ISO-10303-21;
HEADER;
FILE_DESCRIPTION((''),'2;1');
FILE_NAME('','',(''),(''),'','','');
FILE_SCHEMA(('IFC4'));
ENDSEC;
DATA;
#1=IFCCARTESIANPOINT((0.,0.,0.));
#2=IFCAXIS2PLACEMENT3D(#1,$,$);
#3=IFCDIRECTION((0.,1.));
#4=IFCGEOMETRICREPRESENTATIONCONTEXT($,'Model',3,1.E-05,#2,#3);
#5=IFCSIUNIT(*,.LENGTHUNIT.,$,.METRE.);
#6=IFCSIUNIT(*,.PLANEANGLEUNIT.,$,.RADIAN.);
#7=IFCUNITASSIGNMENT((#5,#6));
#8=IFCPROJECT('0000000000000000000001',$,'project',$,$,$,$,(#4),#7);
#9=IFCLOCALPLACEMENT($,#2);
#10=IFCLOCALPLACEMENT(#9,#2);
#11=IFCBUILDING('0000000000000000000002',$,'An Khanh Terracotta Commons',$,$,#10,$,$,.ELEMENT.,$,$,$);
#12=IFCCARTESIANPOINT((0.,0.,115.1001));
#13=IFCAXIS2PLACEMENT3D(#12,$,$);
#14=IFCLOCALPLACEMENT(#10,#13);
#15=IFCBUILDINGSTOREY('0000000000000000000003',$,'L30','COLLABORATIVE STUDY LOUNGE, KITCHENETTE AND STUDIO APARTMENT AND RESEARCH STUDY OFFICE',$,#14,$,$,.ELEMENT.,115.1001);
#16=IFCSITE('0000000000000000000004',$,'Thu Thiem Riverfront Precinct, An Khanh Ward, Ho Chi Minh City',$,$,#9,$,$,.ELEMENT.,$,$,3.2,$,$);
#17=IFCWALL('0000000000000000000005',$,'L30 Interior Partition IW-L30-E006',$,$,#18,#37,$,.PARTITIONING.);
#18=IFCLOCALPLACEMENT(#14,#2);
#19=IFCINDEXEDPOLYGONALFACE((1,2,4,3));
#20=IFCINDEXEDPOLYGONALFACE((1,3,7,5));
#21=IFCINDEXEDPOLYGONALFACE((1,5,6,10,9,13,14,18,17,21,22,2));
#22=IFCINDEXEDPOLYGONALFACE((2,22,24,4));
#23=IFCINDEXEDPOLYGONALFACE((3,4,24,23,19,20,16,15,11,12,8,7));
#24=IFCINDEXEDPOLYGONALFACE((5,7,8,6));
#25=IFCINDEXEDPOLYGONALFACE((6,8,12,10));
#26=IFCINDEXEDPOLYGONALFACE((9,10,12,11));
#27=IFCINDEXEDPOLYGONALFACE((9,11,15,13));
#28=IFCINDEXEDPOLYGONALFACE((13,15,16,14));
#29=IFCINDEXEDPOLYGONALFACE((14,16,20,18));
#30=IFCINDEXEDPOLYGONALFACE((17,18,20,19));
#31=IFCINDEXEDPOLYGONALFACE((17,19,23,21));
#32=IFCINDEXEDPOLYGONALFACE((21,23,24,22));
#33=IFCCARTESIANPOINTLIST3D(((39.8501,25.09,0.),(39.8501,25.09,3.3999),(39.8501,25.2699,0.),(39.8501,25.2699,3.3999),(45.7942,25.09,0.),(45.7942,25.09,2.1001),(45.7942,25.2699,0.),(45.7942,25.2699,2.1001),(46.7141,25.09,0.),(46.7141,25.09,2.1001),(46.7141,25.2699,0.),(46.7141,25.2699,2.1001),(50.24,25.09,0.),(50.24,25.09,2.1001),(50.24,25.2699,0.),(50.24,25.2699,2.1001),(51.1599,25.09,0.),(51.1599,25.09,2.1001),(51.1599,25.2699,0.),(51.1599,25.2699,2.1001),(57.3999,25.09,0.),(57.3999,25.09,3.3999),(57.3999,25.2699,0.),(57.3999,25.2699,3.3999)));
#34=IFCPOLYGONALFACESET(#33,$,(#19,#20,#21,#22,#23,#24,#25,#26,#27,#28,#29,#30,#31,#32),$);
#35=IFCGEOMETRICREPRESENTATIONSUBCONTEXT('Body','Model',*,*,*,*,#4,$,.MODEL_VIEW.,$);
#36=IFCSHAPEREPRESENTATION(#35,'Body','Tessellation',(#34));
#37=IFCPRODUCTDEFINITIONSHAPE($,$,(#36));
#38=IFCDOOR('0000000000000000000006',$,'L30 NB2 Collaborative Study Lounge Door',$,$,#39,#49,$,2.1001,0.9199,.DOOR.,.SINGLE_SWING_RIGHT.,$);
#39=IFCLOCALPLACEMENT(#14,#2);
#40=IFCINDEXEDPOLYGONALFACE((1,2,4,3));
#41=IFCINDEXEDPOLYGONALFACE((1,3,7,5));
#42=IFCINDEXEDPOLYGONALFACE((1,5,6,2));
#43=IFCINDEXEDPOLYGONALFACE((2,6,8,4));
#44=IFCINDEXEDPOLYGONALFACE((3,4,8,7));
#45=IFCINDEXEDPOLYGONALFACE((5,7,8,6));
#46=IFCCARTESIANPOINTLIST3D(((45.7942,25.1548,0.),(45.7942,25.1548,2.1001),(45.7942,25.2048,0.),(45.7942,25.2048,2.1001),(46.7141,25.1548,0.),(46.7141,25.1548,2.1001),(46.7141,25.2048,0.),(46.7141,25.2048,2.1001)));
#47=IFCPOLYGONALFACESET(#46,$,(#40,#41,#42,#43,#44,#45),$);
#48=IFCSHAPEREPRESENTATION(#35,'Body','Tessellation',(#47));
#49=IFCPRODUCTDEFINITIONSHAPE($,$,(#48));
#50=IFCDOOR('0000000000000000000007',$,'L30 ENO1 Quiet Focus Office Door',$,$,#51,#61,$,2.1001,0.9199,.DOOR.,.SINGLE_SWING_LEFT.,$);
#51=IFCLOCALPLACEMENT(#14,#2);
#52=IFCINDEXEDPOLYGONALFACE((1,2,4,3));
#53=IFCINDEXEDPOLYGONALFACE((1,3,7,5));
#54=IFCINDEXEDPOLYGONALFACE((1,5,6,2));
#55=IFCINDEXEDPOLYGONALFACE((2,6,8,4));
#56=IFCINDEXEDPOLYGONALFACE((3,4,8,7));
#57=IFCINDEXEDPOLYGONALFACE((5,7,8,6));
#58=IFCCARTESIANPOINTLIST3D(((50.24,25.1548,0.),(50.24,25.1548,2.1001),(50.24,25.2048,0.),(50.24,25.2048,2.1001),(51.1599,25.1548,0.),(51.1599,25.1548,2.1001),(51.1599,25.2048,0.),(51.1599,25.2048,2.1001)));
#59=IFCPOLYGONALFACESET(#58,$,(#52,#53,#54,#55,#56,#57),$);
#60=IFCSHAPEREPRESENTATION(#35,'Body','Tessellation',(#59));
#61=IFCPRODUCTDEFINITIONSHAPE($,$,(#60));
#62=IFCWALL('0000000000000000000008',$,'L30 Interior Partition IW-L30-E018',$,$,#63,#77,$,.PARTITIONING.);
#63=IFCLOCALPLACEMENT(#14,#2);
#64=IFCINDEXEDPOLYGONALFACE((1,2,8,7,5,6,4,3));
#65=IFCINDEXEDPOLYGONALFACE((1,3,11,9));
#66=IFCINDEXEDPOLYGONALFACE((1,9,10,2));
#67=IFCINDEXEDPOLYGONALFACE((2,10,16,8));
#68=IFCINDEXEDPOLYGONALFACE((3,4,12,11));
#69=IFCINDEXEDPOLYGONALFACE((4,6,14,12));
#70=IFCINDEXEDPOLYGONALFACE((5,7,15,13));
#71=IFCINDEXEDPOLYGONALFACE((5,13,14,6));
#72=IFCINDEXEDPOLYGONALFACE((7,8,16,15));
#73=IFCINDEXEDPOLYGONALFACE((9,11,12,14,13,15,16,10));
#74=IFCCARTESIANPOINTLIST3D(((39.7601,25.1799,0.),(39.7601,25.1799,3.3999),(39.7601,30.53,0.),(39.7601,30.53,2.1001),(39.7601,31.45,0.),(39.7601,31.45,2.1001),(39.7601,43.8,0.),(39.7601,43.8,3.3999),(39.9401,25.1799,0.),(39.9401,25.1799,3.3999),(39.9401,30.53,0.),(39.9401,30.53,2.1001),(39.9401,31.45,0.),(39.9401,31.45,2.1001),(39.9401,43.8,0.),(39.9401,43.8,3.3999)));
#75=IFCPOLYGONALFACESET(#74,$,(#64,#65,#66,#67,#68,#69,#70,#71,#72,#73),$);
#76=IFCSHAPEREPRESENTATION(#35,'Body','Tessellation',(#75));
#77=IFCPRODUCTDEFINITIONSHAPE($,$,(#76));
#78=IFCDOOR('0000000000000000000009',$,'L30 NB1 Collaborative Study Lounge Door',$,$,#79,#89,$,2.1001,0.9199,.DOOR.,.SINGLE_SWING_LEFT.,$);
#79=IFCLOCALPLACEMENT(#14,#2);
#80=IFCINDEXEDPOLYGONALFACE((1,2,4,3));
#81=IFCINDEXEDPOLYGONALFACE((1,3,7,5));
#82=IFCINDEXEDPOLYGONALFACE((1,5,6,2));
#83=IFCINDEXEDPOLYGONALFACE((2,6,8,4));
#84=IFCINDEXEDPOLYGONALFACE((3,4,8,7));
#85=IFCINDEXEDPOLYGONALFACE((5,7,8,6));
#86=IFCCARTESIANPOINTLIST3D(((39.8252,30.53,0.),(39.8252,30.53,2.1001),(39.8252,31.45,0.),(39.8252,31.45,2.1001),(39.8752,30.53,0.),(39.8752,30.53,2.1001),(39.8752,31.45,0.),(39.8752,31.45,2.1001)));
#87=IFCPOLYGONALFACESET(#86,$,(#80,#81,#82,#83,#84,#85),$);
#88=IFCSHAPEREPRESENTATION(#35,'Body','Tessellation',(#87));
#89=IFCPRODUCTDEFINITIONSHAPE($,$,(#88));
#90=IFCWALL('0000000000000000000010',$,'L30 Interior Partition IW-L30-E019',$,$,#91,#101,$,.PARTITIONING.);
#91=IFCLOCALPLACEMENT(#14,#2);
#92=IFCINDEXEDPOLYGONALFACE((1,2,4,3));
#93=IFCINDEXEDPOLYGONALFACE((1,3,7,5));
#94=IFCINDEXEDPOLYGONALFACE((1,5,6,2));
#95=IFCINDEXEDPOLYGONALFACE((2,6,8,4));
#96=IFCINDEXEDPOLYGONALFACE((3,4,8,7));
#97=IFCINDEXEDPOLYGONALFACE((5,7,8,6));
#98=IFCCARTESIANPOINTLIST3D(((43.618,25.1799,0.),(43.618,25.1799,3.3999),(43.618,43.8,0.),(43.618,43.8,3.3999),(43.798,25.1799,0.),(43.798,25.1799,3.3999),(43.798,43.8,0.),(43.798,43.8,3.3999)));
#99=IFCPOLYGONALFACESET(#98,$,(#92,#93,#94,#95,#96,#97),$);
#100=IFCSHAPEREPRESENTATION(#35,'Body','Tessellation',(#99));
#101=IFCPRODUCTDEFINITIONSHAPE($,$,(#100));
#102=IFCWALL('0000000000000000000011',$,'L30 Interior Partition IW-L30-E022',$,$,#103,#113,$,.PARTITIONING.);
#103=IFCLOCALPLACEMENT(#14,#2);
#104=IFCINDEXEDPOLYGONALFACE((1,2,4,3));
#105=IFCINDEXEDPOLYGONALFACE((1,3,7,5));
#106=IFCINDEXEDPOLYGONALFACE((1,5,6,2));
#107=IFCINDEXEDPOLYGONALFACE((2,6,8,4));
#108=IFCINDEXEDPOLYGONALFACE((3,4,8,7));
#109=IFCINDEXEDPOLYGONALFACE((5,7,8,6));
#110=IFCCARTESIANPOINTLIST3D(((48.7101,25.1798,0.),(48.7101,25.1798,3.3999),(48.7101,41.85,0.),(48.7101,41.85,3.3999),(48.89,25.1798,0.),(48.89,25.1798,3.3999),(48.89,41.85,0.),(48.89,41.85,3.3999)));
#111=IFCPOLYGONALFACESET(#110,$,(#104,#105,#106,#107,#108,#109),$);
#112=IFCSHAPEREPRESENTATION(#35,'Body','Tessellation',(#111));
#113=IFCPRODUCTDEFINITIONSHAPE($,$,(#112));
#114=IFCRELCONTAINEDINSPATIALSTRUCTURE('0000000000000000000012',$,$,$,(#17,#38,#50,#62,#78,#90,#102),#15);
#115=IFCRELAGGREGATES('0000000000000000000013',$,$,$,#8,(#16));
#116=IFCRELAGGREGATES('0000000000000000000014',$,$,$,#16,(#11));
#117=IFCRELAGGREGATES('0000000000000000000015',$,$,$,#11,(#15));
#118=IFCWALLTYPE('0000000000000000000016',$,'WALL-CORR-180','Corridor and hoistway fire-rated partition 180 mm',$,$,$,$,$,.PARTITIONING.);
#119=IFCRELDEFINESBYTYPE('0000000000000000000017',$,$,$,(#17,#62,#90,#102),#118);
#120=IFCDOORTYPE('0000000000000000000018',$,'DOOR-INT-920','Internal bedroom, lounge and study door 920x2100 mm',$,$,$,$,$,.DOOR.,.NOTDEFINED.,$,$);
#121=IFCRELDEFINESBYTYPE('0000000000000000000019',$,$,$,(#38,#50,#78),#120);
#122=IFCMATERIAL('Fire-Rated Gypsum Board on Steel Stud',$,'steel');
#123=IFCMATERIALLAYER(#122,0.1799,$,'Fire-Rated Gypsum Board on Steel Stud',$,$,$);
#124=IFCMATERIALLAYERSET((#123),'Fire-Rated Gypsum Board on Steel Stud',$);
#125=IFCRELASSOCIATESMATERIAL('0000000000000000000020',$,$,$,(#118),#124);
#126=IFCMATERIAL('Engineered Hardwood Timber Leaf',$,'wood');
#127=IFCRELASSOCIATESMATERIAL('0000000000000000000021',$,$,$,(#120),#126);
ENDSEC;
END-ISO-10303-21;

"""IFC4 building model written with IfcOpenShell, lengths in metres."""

from ifc_helpers import new_model, si_unit, direction, frame, frame_2d, origin, place, context, subcontext, project, spatial, rectangle, extrude, material, layer, layer_set, type_object, element, fill, save


model = new_model("IFC4")

# Units and contexts
model_context = context("Model", 3, precision=1e-05, world=origin(), true_north=direction((0.0, 1.0)))
body_context = subcontext(model_context, "Body", "Model", "MODEL_VIEW")
ifc_project = project(units=[si_unit("LENGTHUNIT", "METRE"), si_unit("PLANEANGLEUNIT", "RADIAN")], contexts=[model_context])

# Site, building, storey
site_placement = place(None, origin())
site = spatial("IfcSite", under=ifc_project, at=site_placement, Name="Thu Thiem Riverfront Precinct, An Khanh Ward, Ho Chi Minh City", CompositionType="ELEMENT", RefElevation=3.2)
building_placement = place(site_placement, origin())
building = spatial("IfcBuilding", under=site, at=building_placement, Name="An Khanh Terracotta Commons", CompositionType="ELEMENT")
storey_placement = place(building_placement, frame((0.0, 0.0, 115.1001)))
storey = spatial("IfcBuildingStorey", under=building, at=storey_placement, Name="L30", Description="COLLABORATIVE STUDY LOUNGE, KITCHENETTE AND STUDIO APARTMENT AND RESEARCH STUDY OFFICE", CompositionType="ELEMENT", Elevation=115.1001)

# Wall, openings, doors
ifc_material_1 = material(Name="Fire-Rated Gypsum Board on Steel Stud", Category="steel")
ifc_layer = layer(ifc_material_1, 0.1799, Name="Fire-Rated Gypsum Board on Steel Stud")
ifc_layer_set = layer_set([ifc_layer], Name="Fire-Rated Gypsum Board on Steel Stud")
wall_type = type_object("IfcWallType", Name="WALL-CORR-180", Description="Corridor and hoistway fire-rated partition 180 mm", PredefinedType="PARTITIONING", material=ifc_layer_set)
wall_1_placement = place(storey_placement, frame((39.8501, 25.1799, 0.0), z_axis=(0.0, 0.0, 1.0), x_axis=(1.0, 0.0, 0.0)))
wall_1 = element("IfcWall", 1, at=wall_1_placement, inside=storey, type_object=wall_type, Name="L30 Interior Partition IW-L30-E006", PredefinedType="PARTITIONING", context=body_context, shape_type="SweptSolid", body=[
    extrude(rectangle(XDim=17.5498, YDim=0.1799, at=frame_2d((8.7749, 0.0))), origin(), (0.0, 0.0, 1.0), 3.3999),
])
opening_1_placement = place(wall_1_placement, frame((5.9441, 0.0, 0.0)))
opening_1 = element("IfcOpeningElement", 2, at=opening_1_placement, cuts=wall_1, PredefinedType="OPENING", context=body_context, shape_type="SweptSolid", body=[
    extrude(rectangle(XDim=0.9199, YDim=2.1001, at=frame_2d((0.46, 1.05))), frame((0.0, 0.0999, 0.0), z_axis=(0.0, -1.0, 0.0), x_axis=(1.0, 0.0, 0.0)), (0.0, 0.0, 1.0), 0.2),
])
opening_2_placement = place(wall_1_placement, frame((10.3899, 0.0, 0.0)))
opening_2 = element("IfcOpeningElement", 3, at=opening_2_placement, cuts=wall_1, PredefinedType="OPENING", context=body_context, shape_type="SweptSolid", body=[
    extrude(rectangle(XDim=0.9199, YDim=2.1001, at=frame_2d((0.46, 1.05))), frame((0.0, 0.0999, 0.0), z_axis=(0.0, -1.0, 0.0), x_axis=(1.0, 0.0, 0.0)), (0.0, 0.0, 1.0), 0.2),
])
ifc_material_2 = material(Name="Engineered Hardwood Timber Leaf", Category="wood")
door_type = type_object("IfcDoorType", Name="DOOR-INT-920", Description="Internal bedroom, lounge and study door 920x2100 mm", OperationType="NOTDEFINED", PredefinedType="DOOR", material=ifc_material_2)
door_1_placement = place(opening_1_placement, origin())
door_1 = element("IfcDoor", 4, at=door_1_placement, inside=storey, type_object=door_type, Name="L30 NB2 Collaborative Study Lounge Door", OperationType="SINGLE_SWING_RIGHT", OverallHeight=2.1001, OverallWidth=0.9199, PredefinedType="DOOR", context=body_context, shape_type="SweptSolid", body=[
    extrude(rectangle(XDim=0.9199, YDim=2.1001, at=frame_2d((0.46, 1.05))), frame((0.0, 0.0249, 0.0), z_axis=(0.0, -1.0, 0.0), x_axis=(1.0, 0.0, 0.0)), (0.0, 0.0, 1.0), 0.05),
])
fill(opening_1, door_1)
door_2_placement = place(opening_2_placement, origin())
door_2 = element("IfcDoor", 5, at=door_2_placement, inside=storey, type_object=door_type, Name="L30 ENO1 Quiet Focus Office Door", OperationType="SINGLE_SWING_LEFT", OverallHeight=2.1001, OverallWidth=0.9199, PredefinedType="DOOR", context=body_context, shape_type="SweptSolid", body=[
    extrude(rectangle(XDim=0.9199, YDim=2.1001, at=frame_2d((0.46, 1.05))), frame((0.0, 0.0249, 0.0), z_axis=(0.0, -1.0, 0.0), x_axis=(1.0, 0.0, 0.0)), (0.0, 0.0, 1.0), 0.05),
])
fill(opening_2, door_2)

# Wall, opening, door
wall_2_placement = place(storey_placement, frame((39.8501, 25.1799, 0.0), z_axis=(0.0, 0.0, 1.0), x_axis=(0.0, 1.0, 0.0)))
wall_2 = element("IfcWall", 6, at=wall_2_placement, inside=storey, type_object=wall_type, Name="L30 Interior Partition IW-L30-E018", PredefinedType="PARTITIONING", context=body_context, shape_type="SweptSolid", body=[
    extrude(rectangle(XDim=18.6201, YDim=0.1799, at=frame_2d((9.3101, 0.0))), origin(), (0.0, 0.0, 1.0), 3.3999),
])
opening_3_placement = place(wall_2_placement, frame((5.3501, 0.0, 0.0)))
opening_3 = element("IfcOpeningElement", 7, at=opening_3_placement, cuts=wall_2, PredefinedType="OPENING", context=body_context, shape_type="SweptSolid", body=[
    extrude(rectangle(XDim=0.9199, YDim=2.1001, at=frame_2d((0.46, 1.05))), frame((0.0, 0.0999, 0.0), z_axis=(0.0, -1.0, 0.0), x_axis=(1.0, 0.0, 0.0)), (0.0, 0.0, 1.0), 0.2),
])
door_3_placement = place(opening_3_placement, origin())
door_3 = element("IfcDoor", 8, at=door_3_placement, inside=storey, type_object=door_type, Name="L30 NB1 Collaborative Study Lounge Door", OperationType="SINGLE_SWING_LEFT", OverallHeight=2.1001, OverallWidth=0.9199, PredefinedType="DOOR", context=body_context, shape_type="SweptSolid", body=[
    extrude(rectangle(XDim=0.9199, YDim=2.1001, at=frame_2d((0.46, 1.05))), frame((0.0, 0.0249, 0.0), z_axis=(0.0, -1.0, 0.0), x_axis=(1.0, 0.0, 0.0)), (0.0, 0.0, 1.0), 0.05),
])
fill(opening_3, door_3)

# Walls
wall_3_placement = place(storey_placement, frame((43.708, 25.1799, 0.0), z_axis=(0.0, 0.0, 1.0), x_axis=(0.0, 1.0, 0.0)))
element("IfcWall", 9, at=wall_3_placement, inside=storey, type_object=wall_type, Name="L30 Interior Partition IW-L30-E019", PredefinedType="PARTITIONING", context=body_context, shape_type="SweptSolid", body=[
    extrude(rectangle(XDim=18.6201, YDim=0.1799, at=frame_2d((9.3101, 0.0))), origin(), (0.0, 0.0, 1.0), 3.3999),
])
wall_4_placement = place(storey_placement, frame((48.8, 25.1799, 0.0), z_axis=(0.0, 0.0, 1.0), x_axis=(0.0, 1.0, 0.0)))
element("IfcWall", 10, at=wall_4_placement, inside=storey, type_object=wall_type, Name="L30 Interior Partition IW-L30-E022", PredefinedType="PARTITIONING", context=body_context, shape_type="SweptSolid", body=[
    extrude(rectangle(XDim=16.6702, YDim=0.1799, at=frame_2d((8.335, 0.0))), origin(), (0.0, 0.0, 1.0), 3.3999),
])

save(model, "model.ifc")
